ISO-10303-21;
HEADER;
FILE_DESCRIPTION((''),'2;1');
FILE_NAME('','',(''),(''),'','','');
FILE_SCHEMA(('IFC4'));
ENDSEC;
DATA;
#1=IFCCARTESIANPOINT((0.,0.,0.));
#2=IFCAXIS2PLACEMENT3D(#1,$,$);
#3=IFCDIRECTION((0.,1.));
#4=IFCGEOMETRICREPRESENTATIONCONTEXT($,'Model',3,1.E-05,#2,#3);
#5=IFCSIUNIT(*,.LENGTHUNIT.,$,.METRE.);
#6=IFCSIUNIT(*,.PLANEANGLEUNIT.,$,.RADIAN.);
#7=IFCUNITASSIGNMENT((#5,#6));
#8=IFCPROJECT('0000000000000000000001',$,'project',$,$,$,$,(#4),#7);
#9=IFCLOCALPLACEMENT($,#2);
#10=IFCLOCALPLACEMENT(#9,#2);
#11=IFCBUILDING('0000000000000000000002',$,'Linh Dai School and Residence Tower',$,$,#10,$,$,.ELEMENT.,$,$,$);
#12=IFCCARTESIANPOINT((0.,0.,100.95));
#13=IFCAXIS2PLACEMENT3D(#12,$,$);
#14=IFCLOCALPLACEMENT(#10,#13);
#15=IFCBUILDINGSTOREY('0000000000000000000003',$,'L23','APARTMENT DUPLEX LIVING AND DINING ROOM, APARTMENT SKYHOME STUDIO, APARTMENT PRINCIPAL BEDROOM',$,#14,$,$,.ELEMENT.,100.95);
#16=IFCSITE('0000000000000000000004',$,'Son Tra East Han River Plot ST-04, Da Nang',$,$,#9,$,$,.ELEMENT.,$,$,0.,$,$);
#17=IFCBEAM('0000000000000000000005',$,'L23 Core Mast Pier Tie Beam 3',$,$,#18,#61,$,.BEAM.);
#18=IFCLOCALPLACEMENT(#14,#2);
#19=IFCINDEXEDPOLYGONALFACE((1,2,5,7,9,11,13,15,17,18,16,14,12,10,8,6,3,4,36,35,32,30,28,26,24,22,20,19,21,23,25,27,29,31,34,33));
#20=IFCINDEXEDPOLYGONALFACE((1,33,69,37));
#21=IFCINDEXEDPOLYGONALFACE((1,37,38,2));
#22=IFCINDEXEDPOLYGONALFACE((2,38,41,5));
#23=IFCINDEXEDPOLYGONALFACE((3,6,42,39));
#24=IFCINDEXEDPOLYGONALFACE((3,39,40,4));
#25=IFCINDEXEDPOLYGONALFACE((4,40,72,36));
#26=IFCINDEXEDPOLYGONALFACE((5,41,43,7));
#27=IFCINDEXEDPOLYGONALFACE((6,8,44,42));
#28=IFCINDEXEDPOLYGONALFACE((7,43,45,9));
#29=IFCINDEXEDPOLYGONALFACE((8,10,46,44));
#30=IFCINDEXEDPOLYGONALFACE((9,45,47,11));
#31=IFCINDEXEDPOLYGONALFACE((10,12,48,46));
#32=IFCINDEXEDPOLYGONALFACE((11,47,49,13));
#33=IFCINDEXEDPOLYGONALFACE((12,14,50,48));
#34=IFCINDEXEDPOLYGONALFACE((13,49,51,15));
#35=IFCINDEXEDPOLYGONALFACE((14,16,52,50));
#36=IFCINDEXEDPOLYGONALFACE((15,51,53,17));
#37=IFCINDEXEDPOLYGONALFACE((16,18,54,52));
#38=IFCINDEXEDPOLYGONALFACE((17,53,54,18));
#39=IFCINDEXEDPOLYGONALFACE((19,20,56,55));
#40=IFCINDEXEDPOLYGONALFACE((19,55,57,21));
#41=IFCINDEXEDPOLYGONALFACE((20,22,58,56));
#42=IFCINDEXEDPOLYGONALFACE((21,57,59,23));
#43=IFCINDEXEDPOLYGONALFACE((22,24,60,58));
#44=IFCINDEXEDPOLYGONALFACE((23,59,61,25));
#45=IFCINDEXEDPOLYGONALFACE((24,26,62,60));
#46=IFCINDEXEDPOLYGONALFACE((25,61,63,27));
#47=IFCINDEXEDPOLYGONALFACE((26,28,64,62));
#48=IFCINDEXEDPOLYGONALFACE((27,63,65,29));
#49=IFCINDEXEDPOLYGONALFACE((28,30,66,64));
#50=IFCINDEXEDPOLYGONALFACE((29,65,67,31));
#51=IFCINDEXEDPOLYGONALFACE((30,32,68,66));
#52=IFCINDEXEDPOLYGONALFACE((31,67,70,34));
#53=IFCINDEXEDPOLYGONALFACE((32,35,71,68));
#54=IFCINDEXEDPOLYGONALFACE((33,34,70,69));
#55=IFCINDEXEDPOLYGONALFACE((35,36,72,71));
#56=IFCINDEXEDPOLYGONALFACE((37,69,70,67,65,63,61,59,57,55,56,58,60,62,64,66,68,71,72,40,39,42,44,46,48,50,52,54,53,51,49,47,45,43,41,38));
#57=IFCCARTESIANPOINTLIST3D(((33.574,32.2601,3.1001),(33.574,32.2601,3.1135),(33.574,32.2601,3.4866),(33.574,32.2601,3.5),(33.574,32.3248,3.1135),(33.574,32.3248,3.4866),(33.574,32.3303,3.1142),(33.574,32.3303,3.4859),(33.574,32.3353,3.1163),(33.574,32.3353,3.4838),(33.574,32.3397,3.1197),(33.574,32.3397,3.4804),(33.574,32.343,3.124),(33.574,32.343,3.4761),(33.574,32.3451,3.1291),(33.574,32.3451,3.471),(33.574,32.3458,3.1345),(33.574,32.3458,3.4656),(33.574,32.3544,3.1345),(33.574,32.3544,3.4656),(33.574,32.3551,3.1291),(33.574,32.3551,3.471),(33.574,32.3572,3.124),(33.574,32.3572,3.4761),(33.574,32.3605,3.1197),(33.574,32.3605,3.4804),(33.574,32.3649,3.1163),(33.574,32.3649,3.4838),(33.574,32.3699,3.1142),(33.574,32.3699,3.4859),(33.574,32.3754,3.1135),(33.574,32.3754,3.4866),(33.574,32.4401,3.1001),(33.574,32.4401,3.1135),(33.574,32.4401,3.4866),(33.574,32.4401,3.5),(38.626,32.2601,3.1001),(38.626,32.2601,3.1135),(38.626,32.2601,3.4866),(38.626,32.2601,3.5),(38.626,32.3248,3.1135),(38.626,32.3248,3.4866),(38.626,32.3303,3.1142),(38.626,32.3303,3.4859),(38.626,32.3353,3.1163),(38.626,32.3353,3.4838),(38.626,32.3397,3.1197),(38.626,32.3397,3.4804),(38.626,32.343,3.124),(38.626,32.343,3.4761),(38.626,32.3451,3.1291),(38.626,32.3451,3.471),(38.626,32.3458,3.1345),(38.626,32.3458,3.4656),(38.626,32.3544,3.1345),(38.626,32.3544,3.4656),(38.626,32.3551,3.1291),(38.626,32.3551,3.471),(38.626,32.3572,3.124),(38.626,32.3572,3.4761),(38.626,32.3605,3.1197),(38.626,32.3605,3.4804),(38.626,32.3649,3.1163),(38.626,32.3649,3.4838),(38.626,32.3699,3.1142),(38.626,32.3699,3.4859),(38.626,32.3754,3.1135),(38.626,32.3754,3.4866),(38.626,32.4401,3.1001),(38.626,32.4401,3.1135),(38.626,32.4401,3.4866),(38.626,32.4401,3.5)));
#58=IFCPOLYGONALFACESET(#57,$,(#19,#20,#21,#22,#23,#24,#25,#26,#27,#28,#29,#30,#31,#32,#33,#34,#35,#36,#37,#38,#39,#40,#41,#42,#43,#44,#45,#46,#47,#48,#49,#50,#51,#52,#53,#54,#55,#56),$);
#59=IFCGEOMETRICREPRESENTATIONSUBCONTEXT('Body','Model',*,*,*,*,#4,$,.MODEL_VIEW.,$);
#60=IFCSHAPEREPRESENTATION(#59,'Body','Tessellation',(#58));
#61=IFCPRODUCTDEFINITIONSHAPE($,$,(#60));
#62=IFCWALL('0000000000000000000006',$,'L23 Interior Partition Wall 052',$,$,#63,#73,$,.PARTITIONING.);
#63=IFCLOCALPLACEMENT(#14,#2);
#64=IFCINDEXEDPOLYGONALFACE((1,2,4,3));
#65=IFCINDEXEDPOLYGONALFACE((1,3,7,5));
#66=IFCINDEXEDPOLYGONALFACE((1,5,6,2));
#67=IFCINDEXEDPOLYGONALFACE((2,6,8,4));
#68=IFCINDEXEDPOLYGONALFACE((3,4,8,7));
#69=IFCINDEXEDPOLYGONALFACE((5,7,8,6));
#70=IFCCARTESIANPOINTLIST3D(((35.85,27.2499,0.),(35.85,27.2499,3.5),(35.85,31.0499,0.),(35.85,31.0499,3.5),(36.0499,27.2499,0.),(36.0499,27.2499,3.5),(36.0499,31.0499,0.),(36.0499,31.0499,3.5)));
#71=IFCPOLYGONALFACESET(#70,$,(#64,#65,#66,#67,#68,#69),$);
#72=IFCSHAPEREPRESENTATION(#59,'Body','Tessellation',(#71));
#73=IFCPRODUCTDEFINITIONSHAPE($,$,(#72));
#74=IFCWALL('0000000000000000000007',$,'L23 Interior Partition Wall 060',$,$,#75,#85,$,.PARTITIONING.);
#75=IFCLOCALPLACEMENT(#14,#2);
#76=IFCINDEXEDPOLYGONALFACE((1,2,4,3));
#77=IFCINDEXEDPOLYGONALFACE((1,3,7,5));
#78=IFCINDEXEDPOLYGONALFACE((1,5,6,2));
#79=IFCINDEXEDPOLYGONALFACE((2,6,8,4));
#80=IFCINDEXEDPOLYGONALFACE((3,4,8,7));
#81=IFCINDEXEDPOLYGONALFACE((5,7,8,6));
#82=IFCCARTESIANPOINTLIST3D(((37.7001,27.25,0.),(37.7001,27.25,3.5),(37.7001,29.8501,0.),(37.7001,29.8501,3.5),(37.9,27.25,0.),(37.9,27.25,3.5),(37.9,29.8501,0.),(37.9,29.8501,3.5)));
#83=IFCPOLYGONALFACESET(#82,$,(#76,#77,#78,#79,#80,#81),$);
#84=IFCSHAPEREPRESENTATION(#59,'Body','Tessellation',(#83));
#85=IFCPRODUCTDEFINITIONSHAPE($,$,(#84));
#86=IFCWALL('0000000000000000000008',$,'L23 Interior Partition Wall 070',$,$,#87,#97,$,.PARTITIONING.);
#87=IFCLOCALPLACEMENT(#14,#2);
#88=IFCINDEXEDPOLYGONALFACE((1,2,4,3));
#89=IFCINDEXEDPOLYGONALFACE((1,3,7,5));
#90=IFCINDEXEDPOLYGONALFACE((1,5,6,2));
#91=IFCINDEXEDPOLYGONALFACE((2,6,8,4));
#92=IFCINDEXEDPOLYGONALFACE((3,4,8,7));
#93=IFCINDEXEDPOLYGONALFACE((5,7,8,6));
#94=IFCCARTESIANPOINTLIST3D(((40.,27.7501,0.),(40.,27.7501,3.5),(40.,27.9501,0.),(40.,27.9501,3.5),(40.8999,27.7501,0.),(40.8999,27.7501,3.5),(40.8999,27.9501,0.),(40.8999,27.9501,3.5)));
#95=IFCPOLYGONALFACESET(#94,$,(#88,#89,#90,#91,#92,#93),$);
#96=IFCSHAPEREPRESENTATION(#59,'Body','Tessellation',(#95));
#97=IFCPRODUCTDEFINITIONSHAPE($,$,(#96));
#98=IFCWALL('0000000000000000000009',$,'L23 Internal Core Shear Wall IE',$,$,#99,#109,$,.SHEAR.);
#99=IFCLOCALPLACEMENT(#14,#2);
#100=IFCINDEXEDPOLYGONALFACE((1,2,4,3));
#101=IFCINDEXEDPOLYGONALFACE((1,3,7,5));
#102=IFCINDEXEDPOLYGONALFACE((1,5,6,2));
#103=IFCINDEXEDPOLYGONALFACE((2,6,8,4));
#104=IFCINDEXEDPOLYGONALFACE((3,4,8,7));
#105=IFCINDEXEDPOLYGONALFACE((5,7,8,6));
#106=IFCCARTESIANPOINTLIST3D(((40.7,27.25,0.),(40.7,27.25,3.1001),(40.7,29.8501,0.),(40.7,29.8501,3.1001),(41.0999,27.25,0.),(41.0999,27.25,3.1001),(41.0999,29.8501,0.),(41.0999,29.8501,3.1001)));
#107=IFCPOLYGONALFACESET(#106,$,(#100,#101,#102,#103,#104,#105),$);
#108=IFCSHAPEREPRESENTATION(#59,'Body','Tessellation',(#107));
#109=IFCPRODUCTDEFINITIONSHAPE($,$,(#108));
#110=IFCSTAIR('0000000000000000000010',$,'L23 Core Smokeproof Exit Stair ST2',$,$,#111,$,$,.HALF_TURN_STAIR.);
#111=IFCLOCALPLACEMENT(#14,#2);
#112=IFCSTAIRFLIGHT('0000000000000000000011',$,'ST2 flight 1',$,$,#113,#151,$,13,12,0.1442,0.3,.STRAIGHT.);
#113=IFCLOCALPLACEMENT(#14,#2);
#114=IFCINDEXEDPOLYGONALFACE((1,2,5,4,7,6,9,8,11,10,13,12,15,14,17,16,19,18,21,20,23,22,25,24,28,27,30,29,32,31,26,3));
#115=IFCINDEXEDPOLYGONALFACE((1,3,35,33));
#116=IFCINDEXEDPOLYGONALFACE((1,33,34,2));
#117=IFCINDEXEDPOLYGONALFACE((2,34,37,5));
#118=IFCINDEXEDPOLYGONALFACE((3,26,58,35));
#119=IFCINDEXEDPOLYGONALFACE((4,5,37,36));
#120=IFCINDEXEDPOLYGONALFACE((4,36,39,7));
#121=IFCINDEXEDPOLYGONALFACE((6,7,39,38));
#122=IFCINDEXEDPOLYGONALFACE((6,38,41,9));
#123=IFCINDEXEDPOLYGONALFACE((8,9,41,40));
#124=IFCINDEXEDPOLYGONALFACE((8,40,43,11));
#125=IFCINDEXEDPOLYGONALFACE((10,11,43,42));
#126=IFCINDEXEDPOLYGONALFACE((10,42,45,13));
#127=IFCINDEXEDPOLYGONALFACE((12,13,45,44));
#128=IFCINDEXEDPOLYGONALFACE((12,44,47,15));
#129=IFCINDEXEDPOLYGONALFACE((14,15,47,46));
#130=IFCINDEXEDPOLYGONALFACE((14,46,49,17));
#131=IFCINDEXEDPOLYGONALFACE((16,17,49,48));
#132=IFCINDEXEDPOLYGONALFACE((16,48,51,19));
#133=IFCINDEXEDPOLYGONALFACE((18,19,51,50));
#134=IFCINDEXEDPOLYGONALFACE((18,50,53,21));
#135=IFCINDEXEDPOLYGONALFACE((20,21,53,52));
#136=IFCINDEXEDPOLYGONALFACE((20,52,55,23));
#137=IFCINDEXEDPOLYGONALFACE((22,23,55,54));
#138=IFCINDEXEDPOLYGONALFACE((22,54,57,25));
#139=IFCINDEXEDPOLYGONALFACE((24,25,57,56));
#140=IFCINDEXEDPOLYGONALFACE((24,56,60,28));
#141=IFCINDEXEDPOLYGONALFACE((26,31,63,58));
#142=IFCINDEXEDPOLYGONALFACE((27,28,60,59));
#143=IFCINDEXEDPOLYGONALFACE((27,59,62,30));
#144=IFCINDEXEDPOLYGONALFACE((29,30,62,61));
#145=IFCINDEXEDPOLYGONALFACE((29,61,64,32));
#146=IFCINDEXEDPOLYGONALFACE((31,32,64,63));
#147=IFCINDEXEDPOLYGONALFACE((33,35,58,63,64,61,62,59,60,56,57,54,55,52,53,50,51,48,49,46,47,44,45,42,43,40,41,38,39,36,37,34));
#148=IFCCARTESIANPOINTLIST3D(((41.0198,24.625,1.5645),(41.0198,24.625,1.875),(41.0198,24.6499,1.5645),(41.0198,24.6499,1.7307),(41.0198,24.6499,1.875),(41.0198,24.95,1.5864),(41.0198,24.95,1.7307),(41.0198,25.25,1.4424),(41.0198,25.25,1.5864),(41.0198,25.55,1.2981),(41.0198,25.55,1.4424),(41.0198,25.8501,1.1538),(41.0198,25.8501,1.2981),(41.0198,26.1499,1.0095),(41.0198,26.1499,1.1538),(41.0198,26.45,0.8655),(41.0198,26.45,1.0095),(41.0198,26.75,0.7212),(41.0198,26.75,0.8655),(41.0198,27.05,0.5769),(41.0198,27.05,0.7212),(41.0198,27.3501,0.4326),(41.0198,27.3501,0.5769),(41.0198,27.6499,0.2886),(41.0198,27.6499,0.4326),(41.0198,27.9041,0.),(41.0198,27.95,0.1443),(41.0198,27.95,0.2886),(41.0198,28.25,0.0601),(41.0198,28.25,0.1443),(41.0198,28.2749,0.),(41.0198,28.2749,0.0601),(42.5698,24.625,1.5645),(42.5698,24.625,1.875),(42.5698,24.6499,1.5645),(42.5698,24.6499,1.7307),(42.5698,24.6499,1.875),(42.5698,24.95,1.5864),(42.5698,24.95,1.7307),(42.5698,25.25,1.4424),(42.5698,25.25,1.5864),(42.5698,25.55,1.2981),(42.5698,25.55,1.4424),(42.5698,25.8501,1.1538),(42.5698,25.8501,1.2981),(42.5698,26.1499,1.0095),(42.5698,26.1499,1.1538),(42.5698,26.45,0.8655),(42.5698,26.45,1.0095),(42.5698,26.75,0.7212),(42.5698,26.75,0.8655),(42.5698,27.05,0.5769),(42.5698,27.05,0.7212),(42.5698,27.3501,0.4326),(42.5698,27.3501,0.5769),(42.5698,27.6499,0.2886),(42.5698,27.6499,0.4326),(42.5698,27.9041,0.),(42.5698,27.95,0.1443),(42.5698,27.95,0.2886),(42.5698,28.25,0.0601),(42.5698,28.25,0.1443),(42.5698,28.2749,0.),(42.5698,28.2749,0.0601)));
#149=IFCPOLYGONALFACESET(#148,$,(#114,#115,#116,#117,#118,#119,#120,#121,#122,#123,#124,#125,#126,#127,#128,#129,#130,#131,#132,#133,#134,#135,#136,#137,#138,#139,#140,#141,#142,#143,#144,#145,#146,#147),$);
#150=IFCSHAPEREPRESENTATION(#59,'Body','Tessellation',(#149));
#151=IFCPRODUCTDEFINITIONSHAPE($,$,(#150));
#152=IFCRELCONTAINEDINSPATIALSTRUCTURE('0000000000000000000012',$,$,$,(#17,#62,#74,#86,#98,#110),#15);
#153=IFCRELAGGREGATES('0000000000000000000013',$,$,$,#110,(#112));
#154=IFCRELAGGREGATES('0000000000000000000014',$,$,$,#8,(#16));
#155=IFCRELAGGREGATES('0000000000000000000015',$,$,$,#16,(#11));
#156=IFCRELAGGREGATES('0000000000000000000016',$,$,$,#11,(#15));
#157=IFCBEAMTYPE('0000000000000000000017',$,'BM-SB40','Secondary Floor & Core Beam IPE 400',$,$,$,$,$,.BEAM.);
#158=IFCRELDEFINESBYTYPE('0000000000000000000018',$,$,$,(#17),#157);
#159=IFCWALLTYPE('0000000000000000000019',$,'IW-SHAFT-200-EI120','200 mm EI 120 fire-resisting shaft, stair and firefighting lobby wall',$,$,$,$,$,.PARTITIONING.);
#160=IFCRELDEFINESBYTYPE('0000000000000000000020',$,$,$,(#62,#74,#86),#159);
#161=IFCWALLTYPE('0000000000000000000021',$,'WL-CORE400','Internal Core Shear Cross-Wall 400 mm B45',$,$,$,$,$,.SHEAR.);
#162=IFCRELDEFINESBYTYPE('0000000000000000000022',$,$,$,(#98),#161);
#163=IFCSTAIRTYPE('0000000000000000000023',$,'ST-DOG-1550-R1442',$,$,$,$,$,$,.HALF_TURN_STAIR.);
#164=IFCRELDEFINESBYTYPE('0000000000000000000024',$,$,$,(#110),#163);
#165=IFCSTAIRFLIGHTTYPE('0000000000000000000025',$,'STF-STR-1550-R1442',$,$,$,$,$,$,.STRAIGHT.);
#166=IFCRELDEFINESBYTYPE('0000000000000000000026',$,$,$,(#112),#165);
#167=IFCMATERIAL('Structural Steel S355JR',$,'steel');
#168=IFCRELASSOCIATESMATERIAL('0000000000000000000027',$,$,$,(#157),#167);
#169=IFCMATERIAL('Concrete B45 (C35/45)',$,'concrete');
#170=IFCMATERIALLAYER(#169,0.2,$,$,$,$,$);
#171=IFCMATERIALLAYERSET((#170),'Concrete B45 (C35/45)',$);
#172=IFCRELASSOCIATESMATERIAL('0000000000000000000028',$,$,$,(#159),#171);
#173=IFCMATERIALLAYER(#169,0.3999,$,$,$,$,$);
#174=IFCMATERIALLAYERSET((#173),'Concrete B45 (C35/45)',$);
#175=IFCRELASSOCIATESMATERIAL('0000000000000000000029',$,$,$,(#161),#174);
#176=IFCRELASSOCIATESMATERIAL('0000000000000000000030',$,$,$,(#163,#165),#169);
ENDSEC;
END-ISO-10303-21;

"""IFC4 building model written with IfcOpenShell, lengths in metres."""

from ifc_helpers import new_model, si_unit, direction, frame, frame_2d, origin, origin_2d, place, context, subcontext, project, spatial, polyline, rectangle, i_section, outline, extrude, source, transform, mapped, material, layer, layer_set, material_profile, profile_set, type_object, element, aggregate, save


model = new_model("IFC4")

# Units and contexts
model_context = context("Model", 3, precision=1e-05, world=origin(), true_north=direction((0.0, 1.0)))
body_context = subcontext(model_context, "Body", "Model", "MODEL_VIEW")
ifc_project = project(units=[si_unit("LENGTHUNIT", "METRE"), si_unit("PLANEANGLEUNIT", "RADIAN")], contexts=[model_context])

# Site, building, storey
site_placement = place(None, origin())
site = spatial("IfcSite", under=ifc_project, at=site_placement, Name="Son Tra East Han River Plot ST-04, Da Nang", CompositionType="ELEMENT", RefElevation=0.0)
building_placement = place(site_placement, origin())
building = spatial("IfcBuilding", under=site, at=building_placement, Name="Linh Dai School and Residence Tower", CompositionType="ELEMENT")
storey_placement = place(building_placement, frame((0.0, 0.0, 100.95)))
storey = spatial("IfcBuildingStorey", under=building, at=storey_placement, Name="L23", Description="APARTMENT DUPLEX LIVING AND DINING ROOM, APARTMENT SKYHOME STUDIO, APARTMENT PRINCIPAL BEDROOM", CompositionType="ELEMENT", Elevation=100.95)

# Shared definitions
ifc_material_1 = material(Name="Structural Steel S355JR", Category="steel")

# Beam
ifc_material_profile_1 = material_profile(ifc_material_1, i_section(OverallWidth=0.1799, OverallDepth=0.3999, WebThickness=0.0085, FlangeThickness=0.0134, FilletRadius=0.021, at=origin_2d()), Name="IPE 400")
ifc_profile_set_1 = profile_set([ifc_material_profile_1], Name="Structural Steel S355JR")
beam_type_1 = type_object("IfcBeamType", Name="BM-SB40", Description="Secondary Floor & Core Beam IPE 400", PredefinedType="BEAM", material=ifc_profile_set_1)
beam_1_placement = place(storey_placement, frame((38.626, 32.3501, 3.3), z_axis=(-1.0, 0.0, 0.0), x_axis=(0.0, -1.0, 0.0)))
element("IfcBeam", 1, at=beam_1_placement, inside=storey, type_object=beam_type_1, Name="L23 Core Mast Pier Tie Beam 3", PredefinedType="BEAM", context=body_context, shape_type="SweptSolid", body=[
    extrude(i_section(OverallWidth=0.1799, OverallDepth=0.3999, WebThickness=0.0085, FlangeThickness=0.0134, FilletRadius=0.021, at=origin_2d()), origin(), (0.0, 0.0, 1.0), 5.052),
])

# Wall
ifc_material_2 = material(Name="Concrete B45 (C35/45)", Category="concrete")
ifc_layer_1 = layer(ifc_material_2, 0.2)
ifc_layer_set_1 = layer_set([ifc_layer_1], Name="Concrete B45 (C35/45)")
wall_type_1 = type_object("IfcWallType", Name="IW-SHAFT-200-EI120", Description="200 mm EI 120 fire-resisting shaft, stair and firefighting lobby wall", PredefinedType="PARTITIONING", material=ifc_layer_set_1)
wall_1_placement = place(storey_placement, frame((35.95, 27.25, 0.0), z_axis=(0.0, 0.0, 1.0), x_axis=(0.0, 1.0, 0.0)))
element("IfcWall", 2, at=wall_1_placement, inside=storey, type_object=wall_type_1, Name="L23 Interior Partition Wall 052", PredefinedType="PARTITIONING", context=body_context, shape_type="SweptSolid", body=[
    extrude(rectangle(XDim=3.8, YDim=0.2, at=frame_2d((1.8999, 0.0))), origin(), (0.0, 0.0, 1.0), 3.5),
])

# Walls
wall_2_placement = place(storey_placement, frame((37.8, 27.25, 0.0), z_axis=(0.0, 0.0, 1.0), x_axis=(0.0, 1.0, 0.0)))
element("IfcWall", 3, at=wall_2_placement, inside=storey, type_object=wall_type_1, Name="L23 Interior Partition Wall 060", PredefinedType="PARTITIONING", context=body_context, shape_type="SweptSolid", body=[
    extrude(rectangle(XDim=2.6001, YDim=0.2, at=frame_2d((1.3, 0.0))), origin(), (0.0, 0.0, 1.0), 3.5),
])
wall_3_placement = place(storey_placement, frame((40.0, 27.8501, 0.0), z_axis=(0.0, 0.0, 1.0), x_axis=(1.0, 0.0, 0.0)))
element("IfcWall", 4, at=wall_3_placement, inside=storey, type_object=wall_type_1, Name="L23 Interior Partition Wall 070", PredefinedType="PARTITIONING", context=body_context, shape_type="SweptSolid", body=[
    extrude(rectangle(XDim=0.8999, YDim=0.2, at=frame_2d((0.45, 0.0))), origin(), (0.0, 0.0, 1.0), 3.5),
])
ifc_layer_2 = layer(ifc_material_2, 0.3999)
ifc_layer_set_2 = layer_set([ifc_layer_2], Name="Concrete B45 (C35/45)")
wall_type_2 = type_object("IfcWallType", Name="WL-CORE400", Description="Internal Core Shear Cross-Wall 400 mm B45", PredefinedType="SHEAR", material=ifc_layer_set_2)
wall_4_placement = place(storey_placement, frame((40.8999, 27.25, 0.0), z_axis=(0.0, 0.0, 1.0), x_axis=(0.0, 1.0, 0.0)))
element("IfcWall", 5, at=wall_4_placement, inside=storey, type_object=wall_type_2, Name="L23 Internal Core Shear Wall IE", PredefinedType="SHEAR", context=body_context, shape_type="SweptSolid", body=[
    extrude(rectangle(XDim=2.6001, YDim=0.3999, at=frame_2d((1.3, 0.0))), origin(), (0.0, 0.0, 1.0), 3.1001),
])

# Stair, stair flight
stair_type = type_object("IfcStairType", Name="ST-DOG-1550-R1442", PredefinedType="HALF_TURN_STAIR", material=ifc_material_2)
stair_placement = place(storey_placement, origin())
stair = element("IfcStair", 6, at=stair_placement, inside=storey, type_object=stair_type, Name="L23 Core Smokeproof Exit Stair ST2", PredefinedType="HALF_TURN_STAIR")
stair_flight_type = type_object("IfcStairFlightType", Name="STF-STR-1550-R1442", PredefinedType="STRAIGHT", material=ifc_material_2)
shared_shape_1 = source(origin(), body_context, "Body", "SweptSolid", [
    extrude(outline(polyline([(-0.0249, 0.0), (-0.0249, 0.0601), (0.0, 0.0601), (0.0, 0.1443), (0.3, 0.1443), (0.3, 0.2886), (0.6001, 0.2886), (0.6001, 0.4326), (0.8999, 0.4326), (0.8999, 0.5769), (1.2, 0.5769), (1.2, 0.7212), (1.5, 0.7212), (1.5, 0.8655), (1.8, 0.8655), (1.8, 1.0095), (2.1001, 1.0095), (2.1001, 1.1538), (2.3999, 1.1538), (2.3999, 1.2981), (2.7, 1.2981), (2.7, 1.4424), (3.0, 1.4424), (3.0, 1.5864), (3.3, 1.5864), (3.3, 1.7307), (3.6001, 1.7307), (3.6001, 1.875), (3.625, 1.875), (3.625, 1.5645), (3.6001, 1.5645), (0.3459, 0.0), (-0.0249, 0.0)])), frame((0.0, 0.7749, 0.0), z_axis=(0.0, -1.0, 0.0), x_axis=(1.0, 0.0, 0.0)), (0.0, 0.0, 1.0), 1.55),
])
stair_flight_placement = place(storey_placement, frame((41.7949, 28.25, 0.0), z_axis=(0.0, 0.0, 1.0), x_axis=(0.0, -1.0, 0.0)))
stair_flight = element("IfcStairFlight", 7, at=stair_flight_placement, type_object=stair_flight_type, Name="ST2 flight 1", NumberOfRisers=13, NumberOfTreads=12, PredefinedType="STRAIGHT", RiserHeight=0.1442, TreadLength=0.3, context=body_context, shape_type="MappedRepresentation", body=[
    mapped(shared_shape_1, transform((0.0, 0.0, 0.0), x_axis=(1.0, 0.0, 0.0), y_axis=(0.0, 1.0, 0.0), z_axis=(0.0, 0.0, 1.0), scale=1.0)),
])
aggregate(stair, [stair_flight])

save(model, "model.ifc")
